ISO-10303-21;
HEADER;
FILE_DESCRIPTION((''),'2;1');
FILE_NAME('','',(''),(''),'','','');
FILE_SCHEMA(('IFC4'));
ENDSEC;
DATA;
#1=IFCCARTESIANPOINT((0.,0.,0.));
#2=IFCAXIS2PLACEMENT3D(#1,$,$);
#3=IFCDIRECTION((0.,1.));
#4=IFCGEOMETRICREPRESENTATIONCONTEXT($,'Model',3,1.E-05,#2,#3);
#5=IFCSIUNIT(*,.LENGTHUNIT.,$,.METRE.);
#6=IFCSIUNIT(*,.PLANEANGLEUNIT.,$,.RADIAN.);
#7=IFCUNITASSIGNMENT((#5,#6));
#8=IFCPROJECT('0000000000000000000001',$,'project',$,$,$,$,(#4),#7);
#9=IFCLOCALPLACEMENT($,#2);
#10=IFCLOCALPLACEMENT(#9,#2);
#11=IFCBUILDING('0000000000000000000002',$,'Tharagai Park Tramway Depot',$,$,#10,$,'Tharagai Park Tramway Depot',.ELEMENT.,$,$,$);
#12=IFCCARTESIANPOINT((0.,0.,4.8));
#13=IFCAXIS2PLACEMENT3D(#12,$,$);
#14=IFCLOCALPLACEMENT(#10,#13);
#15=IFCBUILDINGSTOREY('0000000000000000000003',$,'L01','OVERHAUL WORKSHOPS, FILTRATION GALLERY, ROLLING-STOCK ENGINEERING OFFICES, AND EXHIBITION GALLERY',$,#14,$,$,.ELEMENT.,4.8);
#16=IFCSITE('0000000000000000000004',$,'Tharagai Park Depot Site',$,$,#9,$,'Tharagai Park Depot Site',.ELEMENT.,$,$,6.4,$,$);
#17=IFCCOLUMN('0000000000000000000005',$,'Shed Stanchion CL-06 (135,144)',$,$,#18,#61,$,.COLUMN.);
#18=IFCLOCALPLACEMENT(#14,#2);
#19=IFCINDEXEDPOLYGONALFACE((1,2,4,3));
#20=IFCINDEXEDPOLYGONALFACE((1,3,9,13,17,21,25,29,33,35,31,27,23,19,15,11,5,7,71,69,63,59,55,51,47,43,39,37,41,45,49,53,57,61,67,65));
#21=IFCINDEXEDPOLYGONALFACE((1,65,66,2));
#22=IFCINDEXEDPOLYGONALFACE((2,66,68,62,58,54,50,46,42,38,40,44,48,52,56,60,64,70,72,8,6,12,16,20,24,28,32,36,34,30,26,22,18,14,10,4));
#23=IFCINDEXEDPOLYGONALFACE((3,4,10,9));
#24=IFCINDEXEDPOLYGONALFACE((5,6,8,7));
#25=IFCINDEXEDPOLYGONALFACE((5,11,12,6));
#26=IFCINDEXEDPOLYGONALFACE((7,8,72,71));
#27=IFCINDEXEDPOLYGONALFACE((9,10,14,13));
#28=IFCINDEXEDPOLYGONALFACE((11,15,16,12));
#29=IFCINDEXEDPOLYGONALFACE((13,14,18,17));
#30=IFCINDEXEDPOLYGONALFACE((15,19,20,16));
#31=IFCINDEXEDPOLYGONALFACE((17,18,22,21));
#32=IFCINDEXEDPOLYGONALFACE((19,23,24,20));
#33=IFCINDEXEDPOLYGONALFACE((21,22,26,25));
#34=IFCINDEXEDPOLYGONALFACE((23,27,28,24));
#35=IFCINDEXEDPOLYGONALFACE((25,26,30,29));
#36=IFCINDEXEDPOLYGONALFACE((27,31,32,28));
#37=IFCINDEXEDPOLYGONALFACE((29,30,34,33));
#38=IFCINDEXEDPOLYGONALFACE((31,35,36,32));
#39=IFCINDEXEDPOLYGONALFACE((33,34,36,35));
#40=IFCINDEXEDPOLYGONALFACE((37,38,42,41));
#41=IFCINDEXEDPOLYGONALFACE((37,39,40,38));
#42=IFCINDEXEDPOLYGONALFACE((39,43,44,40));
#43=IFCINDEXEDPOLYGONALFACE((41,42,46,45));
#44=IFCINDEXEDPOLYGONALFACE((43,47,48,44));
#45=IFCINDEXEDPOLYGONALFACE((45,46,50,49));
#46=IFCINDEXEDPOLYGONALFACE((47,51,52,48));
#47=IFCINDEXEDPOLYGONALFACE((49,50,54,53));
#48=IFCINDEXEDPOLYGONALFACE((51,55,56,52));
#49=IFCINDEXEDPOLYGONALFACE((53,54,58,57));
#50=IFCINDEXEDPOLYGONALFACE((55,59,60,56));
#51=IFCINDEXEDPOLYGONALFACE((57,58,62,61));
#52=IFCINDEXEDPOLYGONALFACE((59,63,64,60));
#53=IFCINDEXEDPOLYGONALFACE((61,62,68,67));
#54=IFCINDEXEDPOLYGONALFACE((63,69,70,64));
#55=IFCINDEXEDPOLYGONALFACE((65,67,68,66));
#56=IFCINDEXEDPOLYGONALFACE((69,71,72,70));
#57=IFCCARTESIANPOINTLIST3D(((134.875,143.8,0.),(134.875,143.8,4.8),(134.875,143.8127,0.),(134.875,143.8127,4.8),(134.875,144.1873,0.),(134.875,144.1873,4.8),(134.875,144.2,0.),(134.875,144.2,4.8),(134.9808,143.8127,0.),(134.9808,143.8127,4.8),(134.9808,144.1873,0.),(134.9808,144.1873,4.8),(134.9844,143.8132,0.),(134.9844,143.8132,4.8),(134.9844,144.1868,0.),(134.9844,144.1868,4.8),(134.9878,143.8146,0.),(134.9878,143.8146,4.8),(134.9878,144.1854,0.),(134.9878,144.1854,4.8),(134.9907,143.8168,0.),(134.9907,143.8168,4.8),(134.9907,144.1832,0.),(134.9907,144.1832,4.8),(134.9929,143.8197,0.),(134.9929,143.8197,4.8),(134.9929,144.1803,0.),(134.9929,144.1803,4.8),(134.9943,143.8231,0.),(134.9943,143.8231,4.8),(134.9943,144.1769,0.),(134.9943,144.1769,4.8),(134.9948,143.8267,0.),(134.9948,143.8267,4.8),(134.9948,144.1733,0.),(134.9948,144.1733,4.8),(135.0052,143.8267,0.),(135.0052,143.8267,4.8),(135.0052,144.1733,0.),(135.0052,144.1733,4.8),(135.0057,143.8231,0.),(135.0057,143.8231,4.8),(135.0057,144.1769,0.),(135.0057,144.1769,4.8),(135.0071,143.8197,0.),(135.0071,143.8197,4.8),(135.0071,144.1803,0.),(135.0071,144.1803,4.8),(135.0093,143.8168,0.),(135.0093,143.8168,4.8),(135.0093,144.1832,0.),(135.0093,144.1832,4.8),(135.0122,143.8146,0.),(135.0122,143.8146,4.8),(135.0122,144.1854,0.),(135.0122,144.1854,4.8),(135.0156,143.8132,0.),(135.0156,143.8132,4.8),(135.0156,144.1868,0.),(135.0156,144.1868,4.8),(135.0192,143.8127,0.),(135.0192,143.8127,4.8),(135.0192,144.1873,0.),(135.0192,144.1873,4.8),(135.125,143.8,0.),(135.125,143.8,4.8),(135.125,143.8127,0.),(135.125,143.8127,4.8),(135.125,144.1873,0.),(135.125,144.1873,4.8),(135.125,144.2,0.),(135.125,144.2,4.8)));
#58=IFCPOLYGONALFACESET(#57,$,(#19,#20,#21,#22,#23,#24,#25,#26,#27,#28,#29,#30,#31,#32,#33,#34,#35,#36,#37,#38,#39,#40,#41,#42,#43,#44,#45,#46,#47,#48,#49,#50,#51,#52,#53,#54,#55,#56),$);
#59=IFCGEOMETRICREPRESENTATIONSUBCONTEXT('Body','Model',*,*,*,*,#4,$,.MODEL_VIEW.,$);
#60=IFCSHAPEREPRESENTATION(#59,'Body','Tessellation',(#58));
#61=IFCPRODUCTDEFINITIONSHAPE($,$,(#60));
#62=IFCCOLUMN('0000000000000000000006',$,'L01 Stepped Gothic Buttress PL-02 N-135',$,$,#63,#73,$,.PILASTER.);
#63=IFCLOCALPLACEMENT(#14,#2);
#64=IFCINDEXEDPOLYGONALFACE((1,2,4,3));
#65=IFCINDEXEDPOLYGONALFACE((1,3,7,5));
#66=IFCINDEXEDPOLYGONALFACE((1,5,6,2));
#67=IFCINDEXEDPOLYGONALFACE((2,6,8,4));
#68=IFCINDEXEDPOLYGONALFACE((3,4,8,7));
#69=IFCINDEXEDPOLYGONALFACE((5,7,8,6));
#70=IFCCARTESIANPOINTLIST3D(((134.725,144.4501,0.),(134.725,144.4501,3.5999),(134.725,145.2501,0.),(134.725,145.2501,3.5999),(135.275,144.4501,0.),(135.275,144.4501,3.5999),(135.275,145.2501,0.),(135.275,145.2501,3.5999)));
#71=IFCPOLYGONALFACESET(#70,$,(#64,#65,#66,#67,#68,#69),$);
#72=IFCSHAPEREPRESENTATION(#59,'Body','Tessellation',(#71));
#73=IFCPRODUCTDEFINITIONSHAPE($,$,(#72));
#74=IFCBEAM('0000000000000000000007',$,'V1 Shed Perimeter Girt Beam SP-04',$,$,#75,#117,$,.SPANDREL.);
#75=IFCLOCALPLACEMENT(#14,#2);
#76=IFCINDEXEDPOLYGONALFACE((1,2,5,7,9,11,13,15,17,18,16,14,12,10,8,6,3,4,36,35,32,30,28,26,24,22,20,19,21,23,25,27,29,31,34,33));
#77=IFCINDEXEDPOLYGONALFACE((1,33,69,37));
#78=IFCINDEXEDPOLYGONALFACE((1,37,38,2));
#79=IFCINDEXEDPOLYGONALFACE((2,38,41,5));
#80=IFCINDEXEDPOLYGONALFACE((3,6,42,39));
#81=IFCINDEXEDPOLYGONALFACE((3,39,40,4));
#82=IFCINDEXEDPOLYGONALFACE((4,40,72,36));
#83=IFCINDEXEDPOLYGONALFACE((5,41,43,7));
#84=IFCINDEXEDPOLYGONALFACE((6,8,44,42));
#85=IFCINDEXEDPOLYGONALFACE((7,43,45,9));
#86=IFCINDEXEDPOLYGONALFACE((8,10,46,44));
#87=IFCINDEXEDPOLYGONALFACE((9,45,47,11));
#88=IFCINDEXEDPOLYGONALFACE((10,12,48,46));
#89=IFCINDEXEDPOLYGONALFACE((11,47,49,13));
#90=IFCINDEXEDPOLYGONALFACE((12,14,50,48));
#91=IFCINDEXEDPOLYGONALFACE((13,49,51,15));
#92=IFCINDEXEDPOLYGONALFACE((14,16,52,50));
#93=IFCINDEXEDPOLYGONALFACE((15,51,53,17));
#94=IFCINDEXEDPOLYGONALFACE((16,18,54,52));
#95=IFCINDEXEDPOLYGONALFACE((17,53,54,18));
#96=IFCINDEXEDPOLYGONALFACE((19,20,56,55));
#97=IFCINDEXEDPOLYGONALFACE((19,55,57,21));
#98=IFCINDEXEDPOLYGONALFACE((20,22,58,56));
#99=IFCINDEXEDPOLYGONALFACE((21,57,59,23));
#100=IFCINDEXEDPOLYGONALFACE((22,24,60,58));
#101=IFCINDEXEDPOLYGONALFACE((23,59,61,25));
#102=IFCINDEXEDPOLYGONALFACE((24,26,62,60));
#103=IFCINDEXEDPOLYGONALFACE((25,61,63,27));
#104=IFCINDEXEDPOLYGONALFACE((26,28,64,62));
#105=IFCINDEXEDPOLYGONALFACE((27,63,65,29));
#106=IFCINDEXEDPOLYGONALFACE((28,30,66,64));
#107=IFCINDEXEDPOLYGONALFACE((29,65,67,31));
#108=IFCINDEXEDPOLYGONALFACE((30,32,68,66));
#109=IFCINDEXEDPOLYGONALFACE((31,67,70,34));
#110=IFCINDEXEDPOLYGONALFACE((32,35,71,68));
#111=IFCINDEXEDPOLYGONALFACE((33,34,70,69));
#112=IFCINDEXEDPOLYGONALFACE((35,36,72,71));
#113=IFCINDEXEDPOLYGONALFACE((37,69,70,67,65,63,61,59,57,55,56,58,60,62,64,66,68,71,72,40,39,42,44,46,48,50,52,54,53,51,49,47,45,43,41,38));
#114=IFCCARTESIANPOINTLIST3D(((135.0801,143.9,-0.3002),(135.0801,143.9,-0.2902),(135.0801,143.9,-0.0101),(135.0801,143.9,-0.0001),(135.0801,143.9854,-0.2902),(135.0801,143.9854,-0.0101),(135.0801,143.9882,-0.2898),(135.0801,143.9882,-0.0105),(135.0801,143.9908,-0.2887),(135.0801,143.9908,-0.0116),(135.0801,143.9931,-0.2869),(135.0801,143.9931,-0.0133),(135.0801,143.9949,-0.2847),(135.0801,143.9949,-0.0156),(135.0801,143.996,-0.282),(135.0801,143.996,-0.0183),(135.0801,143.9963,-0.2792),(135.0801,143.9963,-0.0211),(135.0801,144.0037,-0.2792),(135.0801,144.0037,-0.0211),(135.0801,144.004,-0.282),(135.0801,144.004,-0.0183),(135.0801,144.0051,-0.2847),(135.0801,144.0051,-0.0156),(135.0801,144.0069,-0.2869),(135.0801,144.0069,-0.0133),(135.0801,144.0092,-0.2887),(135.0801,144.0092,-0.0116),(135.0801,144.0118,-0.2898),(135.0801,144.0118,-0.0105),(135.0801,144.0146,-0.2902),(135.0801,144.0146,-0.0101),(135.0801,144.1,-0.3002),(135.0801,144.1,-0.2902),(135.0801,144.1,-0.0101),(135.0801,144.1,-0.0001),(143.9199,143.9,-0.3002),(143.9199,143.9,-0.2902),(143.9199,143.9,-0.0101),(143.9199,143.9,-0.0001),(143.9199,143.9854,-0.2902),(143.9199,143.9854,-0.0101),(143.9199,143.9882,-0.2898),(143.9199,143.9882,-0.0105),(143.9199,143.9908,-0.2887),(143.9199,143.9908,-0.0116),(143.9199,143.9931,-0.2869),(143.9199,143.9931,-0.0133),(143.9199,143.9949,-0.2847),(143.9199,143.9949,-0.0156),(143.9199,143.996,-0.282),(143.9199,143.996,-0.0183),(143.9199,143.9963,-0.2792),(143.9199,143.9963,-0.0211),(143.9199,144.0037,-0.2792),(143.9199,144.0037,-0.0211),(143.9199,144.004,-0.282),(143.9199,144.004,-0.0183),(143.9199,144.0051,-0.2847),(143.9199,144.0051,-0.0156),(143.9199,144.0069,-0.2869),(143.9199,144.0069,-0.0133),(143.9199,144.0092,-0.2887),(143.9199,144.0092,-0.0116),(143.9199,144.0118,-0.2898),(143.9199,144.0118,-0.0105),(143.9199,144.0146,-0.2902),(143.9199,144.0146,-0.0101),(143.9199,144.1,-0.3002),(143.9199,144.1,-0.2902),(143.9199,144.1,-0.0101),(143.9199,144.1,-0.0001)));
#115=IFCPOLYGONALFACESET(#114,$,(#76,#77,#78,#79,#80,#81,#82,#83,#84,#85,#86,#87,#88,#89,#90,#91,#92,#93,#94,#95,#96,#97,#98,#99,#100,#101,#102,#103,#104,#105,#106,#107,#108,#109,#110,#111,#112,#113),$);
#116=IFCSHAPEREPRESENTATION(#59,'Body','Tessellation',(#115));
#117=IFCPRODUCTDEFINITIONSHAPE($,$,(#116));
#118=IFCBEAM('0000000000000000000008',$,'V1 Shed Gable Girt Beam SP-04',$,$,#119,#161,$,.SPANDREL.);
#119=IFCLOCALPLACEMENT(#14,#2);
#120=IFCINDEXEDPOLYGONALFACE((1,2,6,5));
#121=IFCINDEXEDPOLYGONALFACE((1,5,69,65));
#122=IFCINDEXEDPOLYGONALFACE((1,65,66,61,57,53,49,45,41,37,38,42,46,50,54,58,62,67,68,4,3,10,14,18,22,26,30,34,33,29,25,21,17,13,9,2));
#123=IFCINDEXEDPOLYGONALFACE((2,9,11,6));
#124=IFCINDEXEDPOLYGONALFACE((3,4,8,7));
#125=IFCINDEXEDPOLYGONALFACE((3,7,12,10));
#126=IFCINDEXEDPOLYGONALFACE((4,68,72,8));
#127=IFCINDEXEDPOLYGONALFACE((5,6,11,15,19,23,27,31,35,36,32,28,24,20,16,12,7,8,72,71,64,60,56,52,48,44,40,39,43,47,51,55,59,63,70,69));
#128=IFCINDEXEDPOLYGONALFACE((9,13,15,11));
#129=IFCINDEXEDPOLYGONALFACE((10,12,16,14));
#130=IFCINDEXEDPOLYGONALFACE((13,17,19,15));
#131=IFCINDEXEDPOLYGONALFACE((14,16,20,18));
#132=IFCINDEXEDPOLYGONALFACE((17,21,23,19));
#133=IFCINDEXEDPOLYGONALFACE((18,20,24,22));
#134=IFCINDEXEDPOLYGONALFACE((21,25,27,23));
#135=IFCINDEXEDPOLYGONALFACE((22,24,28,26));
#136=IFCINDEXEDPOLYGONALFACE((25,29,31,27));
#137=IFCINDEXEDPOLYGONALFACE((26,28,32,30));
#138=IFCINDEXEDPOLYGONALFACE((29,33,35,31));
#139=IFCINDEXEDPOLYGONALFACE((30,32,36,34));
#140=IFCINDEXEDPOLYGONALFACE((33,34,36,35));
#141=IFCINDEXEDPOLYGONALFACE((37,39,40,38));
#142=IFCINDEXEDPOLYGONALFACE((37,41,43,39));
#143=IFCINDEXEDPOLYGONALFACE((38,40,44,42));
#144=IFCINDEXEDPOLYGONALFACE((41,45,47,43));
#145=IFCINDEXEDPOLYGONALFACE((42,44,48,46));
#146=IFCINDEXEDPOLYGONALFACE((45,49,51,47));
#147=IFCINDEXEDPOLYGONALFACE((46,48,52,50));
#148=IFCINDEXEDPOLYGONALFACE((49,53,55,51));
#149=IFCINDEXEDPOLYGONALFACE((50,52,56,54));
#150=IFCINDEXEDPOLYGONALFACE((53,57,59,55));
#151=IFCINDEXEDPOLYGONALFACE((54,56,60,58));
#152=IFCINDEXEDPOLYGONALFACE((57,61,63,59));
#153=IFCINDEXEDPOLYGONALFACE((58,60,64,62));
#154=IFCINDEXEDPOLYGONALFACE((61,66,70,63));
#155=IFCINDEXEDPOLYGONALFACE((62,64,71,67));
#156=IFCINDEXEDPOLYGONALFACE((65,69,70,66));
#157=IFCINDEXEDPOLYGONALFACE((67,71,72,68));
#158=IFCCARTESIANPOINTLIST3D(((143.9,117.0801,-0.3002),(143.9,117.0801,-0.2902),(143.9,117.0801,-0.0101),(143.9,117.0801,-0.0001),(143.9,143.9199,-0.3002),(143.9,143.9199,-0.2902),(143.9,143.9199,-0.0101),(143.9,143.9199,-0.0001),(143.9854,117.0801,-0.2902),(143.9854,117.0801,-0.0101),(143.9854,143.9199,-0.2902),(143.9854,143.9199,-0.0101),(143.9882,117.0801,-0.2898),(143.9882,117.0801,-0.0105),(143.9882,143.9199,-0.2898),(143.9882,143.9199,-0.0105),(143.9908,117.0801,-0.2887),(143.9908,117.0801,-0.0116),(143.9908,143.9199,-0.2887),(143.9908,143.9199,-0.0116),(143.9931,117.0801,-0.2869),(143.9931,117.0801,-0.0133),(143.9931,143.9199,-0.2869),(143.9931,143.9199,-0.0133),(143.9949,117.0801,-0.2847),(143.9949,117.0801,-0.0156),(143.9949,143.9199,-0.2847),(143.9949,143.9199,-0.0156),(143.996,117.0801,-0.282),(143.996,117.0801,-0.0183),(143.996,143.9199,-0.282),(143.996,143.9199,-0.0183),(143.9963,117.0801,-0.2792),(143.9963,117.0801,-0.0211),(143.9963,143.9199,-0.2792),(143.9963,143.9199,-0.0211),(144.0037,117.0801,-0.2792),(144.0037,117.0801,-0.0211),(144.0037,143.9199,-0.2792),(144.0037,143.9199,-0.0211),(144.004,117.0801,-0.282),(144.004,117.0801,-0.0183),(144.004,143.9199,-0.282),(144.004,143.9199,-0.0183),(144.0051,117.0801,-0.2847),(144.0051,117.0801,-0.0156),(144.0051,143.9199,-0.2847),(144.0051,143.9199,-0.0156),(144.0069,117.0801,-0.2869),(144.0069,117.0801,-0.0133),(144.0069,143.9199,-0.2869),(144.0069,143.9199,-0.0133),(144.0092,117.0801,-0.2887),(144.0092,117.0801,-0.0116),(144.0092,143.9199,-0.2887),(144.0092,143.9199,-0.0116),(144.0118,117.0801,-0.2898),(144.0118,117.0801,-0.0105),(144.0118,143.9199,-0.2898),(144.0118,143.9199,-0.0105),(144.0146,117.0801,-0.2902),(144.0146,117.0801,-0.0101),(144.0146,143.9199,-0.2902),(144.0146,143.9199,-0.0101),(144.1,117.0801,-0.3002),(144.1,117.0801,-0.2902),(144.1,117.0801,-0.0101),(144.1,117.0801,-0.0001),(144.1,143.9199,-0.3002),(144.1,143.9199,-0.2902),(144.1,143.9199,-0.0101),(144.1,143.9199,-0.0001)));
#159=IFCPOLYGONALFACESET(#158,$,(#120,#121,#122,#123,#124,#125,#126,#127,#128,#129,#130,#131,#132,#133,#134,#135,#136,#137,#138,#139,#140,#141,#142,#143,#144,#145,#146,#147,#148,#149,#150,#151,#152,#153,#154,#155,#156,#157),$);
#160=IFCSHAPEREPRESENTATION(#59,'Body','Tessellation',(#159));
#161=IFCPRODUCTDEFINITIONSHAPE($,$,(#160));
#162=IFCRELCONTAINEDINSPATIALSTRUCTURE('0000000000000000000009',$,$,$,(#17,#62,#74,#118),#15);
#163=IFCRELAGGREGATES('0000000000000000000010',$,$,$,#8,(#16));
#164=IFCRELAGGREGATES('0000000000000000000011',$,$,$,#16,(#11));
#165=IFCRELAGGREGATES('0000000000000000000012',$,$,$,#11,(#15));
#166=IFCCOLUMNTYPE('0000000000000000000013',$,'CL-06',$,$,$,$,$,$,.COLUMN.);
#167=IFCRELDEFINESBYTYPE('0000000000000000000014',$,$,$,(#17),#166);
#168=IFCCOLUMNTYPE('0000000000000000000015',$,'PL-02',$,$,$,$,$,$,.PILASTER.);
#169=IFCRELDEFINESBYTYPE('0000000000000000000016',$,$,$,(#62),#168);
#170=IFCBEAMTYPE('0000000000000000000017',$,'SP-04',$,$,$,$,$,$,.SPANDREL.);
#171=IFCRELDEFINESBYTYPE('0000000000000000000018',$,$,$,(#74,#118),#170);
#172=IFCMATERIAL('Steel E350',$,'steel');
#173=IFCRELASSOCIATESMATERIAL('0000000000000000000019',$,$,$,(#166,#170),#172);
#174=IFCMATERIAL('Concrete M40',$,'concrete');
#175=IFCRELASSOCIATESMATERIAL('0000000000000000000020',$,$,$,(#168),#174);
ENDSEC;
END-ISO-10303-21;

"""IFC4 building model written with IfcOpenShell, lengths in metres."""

from ifc_helpers import new_model, si_unit, direction, frame, origin, origin_2d, place, context, subcontext, project, spatial, rectangle, i_section, extrude, material, material_profile, profile_set, type_object, element, save


model = new_model("IFC4")

# Units and contexts
model_context = context("Model", 3, precision=1e-05, world=origin(), true_north=direction((0.0, 1.0)))
body_context = subcontext(model_context, "Body", "Model", "MODEL_VIEW")
ifc_project = project(units=[si_unit("LENGTHUNIT", "METRE"), si_unit("PLANEANGLEUNIT", "RADIAN")], contexts=[model_context])

# Site, building, storey
site_placement = place(None, origin())
site = spatial("IfcSite", under=ifc_project, at=site_placement, Name="Tharagai Park Depot Site", LongName="Tharagai Park Depot Site", CompositionType="ELEMENT", RefElevation=6.4)
building_placement = place(site_placement, origin())
building = spatial("IfcBuilding", under=site, at=building_placement, Name="Tharagai Park Tramway Depot", LongName="Tharagai Park Tramway Depot", CompositionType="ELEMENT")
storey_placement = place(building_placement, frame((0.0, 0.0, 4.8)))
storey = spatial("IfcBuildingStorey", under=building, at=storey_placement, Name="L01", Description="OVERHAUL WORKSHOPS, FILTRATION GALLERY, ROLLING-STOCK ENGINEERING OFFICES, AND EXHIBITION GALLERY", CompositionType="ELEMENT", Elevation=4.8)

# Columns
ifc_material_1 = material(Name="Steel E350", Category="steel")
ifc_material_profile_1 = material_profile(ifc_material_1, i_section(OverallWidth=0.25, OverallDepth=0.3999, WebThickness=0.0105, FlangeThickness=0.0127, FilletRadius=0.0139, at=origin_2d()), Name="ISHB 400")
ifc_profile_set_1 = profile_set([ifc_material_profile_1], Name="Steel E350")
column_type_1 = type_object("IfcColumnType", Name="CL-06", PredefinedType="COLUMN", material=ifc_profile_set_1)
column_1_placement = place(storey_placement, frame((135.0, 144.0, 0.0), z_axis=(0.0, 0.0, 1.0), x_axis=(1.0, 0.0, 0.0)))
element("IfcColumn", 1, at=column_1_placement, inside=storey, type_object=column_type_1, Name="Shed Stanchion CL-06 (135,144)", PredefinedType="COLUMN", context=body_context, shape_type="SweptSolid", body=[
    extrude(i_section(OverallWidth=0.25, OverallDepth=0.3999, WebThickness=0.0105, FlangeThickness=0.0127, FilletRadius=0.0139, at=origin_2d()), origin(), (0.0, 0.0, 1.0), 4.8),
])
ifc_material_2 = material(Name="Concrete M40", Category="concrete")
ifc_material_profile_2 = material_profile(ifc_material_2, rectangle(XDim=0.55, YDim=0.8, at=origin_2d()), Name="RC 550x800")
ifc_profile_set_2 = profile_set([ifc_material_profile_2], Name="Concrete M40")
column_type_2 = type_object("IfcColumnType", Name="PL-02", PredefinedType="PILASTER", material=ifc_profile_set_2)
column_2_placement = place(storey_placement, frame((135.0, 144.8501, 0.0), z_axis=(0.0, 0.0, 1.0), x_axis=(1.0, 0.0, 0.0)))
element("IfcColumn", 2, at=column_2_placement, inside=storey, type_object=column_type_2, Name="L01 Stepped Gothic Buttress PL-02 N-135", PredefinedType="PILASTER", context=body_context, shape_type="SweptSolid", body=[
    extrude(rectangle(XDim=0.55, YDim=0.8, at=origin_2d()), origin(), (0.0, 0.0, 1.0), 3.5999),
])

# Beams
ifc_material_profile_3 = material_profile(ifc_material_1, i_section(OverallWidth=0.2, OverallDepth=0.3, WebThickness=0.0073, FlangeThickness=0.01, FilletRadius=0.011, at=origin_2d()), Name="ISWB 300")
ifc_profile_set_3 = profile_set([ifc_material_profile_3], Name="Steel E350")
beam_type = type_object("IfcBeamType", Name="SP-04", PredefinedType="SPANDREL", material=ifc_profile_set_3)
beam_1_placement = place(storey_placement, frame((135.0801, 144.0, -0.1501), z_axis=(1.0, 0.0, 0.0), x_axis=(0.0, 1.0, 0.0)))
element("IfcBeam", 3, at=beam_1_placement, inside=storey, type_object=beam_type, Name="V1 Shed Perimeter Girt Beam SP-04", PredefinedType="SPANDREL", context=body_context, shape_type="SweptSolid", body=[
    extrude(i_section(OverallWidth=0.2, OverallDepth=0.3, WebThickness=0.0073, FlangeThickness=0.01, FilletRadius=0.011, at=origin_2d()), origin(), (0.0, 0.0, 1.0), 8.8398),
])
beam_2_placement = place(storey_placement, frame((144.0, 117.0801, -0.1501), z_axis=(0.0, 1.0, 0.0), x_axis=(-1.0, 0.0, 0.0)))
element("IfcBeam", 4, at=beam_2_placement, inside=storey, type_object=beam_type, Name="V1 Shed Gable Girt Beam SP-04", PredefinedType="SPANDREL", context=body_context, shape_type="SweptSolid", body=[
    extrude(i_section(OverallWidth=0.2, OverallDepth=0.3, WebThickness=0.0073, FlangeThickness=0.01, FilletRadius=0.011, at=origin_2d()), origin(), (0.0, 0.0, 1.0), 26.8398),
])

save(model, "model.ifc")
